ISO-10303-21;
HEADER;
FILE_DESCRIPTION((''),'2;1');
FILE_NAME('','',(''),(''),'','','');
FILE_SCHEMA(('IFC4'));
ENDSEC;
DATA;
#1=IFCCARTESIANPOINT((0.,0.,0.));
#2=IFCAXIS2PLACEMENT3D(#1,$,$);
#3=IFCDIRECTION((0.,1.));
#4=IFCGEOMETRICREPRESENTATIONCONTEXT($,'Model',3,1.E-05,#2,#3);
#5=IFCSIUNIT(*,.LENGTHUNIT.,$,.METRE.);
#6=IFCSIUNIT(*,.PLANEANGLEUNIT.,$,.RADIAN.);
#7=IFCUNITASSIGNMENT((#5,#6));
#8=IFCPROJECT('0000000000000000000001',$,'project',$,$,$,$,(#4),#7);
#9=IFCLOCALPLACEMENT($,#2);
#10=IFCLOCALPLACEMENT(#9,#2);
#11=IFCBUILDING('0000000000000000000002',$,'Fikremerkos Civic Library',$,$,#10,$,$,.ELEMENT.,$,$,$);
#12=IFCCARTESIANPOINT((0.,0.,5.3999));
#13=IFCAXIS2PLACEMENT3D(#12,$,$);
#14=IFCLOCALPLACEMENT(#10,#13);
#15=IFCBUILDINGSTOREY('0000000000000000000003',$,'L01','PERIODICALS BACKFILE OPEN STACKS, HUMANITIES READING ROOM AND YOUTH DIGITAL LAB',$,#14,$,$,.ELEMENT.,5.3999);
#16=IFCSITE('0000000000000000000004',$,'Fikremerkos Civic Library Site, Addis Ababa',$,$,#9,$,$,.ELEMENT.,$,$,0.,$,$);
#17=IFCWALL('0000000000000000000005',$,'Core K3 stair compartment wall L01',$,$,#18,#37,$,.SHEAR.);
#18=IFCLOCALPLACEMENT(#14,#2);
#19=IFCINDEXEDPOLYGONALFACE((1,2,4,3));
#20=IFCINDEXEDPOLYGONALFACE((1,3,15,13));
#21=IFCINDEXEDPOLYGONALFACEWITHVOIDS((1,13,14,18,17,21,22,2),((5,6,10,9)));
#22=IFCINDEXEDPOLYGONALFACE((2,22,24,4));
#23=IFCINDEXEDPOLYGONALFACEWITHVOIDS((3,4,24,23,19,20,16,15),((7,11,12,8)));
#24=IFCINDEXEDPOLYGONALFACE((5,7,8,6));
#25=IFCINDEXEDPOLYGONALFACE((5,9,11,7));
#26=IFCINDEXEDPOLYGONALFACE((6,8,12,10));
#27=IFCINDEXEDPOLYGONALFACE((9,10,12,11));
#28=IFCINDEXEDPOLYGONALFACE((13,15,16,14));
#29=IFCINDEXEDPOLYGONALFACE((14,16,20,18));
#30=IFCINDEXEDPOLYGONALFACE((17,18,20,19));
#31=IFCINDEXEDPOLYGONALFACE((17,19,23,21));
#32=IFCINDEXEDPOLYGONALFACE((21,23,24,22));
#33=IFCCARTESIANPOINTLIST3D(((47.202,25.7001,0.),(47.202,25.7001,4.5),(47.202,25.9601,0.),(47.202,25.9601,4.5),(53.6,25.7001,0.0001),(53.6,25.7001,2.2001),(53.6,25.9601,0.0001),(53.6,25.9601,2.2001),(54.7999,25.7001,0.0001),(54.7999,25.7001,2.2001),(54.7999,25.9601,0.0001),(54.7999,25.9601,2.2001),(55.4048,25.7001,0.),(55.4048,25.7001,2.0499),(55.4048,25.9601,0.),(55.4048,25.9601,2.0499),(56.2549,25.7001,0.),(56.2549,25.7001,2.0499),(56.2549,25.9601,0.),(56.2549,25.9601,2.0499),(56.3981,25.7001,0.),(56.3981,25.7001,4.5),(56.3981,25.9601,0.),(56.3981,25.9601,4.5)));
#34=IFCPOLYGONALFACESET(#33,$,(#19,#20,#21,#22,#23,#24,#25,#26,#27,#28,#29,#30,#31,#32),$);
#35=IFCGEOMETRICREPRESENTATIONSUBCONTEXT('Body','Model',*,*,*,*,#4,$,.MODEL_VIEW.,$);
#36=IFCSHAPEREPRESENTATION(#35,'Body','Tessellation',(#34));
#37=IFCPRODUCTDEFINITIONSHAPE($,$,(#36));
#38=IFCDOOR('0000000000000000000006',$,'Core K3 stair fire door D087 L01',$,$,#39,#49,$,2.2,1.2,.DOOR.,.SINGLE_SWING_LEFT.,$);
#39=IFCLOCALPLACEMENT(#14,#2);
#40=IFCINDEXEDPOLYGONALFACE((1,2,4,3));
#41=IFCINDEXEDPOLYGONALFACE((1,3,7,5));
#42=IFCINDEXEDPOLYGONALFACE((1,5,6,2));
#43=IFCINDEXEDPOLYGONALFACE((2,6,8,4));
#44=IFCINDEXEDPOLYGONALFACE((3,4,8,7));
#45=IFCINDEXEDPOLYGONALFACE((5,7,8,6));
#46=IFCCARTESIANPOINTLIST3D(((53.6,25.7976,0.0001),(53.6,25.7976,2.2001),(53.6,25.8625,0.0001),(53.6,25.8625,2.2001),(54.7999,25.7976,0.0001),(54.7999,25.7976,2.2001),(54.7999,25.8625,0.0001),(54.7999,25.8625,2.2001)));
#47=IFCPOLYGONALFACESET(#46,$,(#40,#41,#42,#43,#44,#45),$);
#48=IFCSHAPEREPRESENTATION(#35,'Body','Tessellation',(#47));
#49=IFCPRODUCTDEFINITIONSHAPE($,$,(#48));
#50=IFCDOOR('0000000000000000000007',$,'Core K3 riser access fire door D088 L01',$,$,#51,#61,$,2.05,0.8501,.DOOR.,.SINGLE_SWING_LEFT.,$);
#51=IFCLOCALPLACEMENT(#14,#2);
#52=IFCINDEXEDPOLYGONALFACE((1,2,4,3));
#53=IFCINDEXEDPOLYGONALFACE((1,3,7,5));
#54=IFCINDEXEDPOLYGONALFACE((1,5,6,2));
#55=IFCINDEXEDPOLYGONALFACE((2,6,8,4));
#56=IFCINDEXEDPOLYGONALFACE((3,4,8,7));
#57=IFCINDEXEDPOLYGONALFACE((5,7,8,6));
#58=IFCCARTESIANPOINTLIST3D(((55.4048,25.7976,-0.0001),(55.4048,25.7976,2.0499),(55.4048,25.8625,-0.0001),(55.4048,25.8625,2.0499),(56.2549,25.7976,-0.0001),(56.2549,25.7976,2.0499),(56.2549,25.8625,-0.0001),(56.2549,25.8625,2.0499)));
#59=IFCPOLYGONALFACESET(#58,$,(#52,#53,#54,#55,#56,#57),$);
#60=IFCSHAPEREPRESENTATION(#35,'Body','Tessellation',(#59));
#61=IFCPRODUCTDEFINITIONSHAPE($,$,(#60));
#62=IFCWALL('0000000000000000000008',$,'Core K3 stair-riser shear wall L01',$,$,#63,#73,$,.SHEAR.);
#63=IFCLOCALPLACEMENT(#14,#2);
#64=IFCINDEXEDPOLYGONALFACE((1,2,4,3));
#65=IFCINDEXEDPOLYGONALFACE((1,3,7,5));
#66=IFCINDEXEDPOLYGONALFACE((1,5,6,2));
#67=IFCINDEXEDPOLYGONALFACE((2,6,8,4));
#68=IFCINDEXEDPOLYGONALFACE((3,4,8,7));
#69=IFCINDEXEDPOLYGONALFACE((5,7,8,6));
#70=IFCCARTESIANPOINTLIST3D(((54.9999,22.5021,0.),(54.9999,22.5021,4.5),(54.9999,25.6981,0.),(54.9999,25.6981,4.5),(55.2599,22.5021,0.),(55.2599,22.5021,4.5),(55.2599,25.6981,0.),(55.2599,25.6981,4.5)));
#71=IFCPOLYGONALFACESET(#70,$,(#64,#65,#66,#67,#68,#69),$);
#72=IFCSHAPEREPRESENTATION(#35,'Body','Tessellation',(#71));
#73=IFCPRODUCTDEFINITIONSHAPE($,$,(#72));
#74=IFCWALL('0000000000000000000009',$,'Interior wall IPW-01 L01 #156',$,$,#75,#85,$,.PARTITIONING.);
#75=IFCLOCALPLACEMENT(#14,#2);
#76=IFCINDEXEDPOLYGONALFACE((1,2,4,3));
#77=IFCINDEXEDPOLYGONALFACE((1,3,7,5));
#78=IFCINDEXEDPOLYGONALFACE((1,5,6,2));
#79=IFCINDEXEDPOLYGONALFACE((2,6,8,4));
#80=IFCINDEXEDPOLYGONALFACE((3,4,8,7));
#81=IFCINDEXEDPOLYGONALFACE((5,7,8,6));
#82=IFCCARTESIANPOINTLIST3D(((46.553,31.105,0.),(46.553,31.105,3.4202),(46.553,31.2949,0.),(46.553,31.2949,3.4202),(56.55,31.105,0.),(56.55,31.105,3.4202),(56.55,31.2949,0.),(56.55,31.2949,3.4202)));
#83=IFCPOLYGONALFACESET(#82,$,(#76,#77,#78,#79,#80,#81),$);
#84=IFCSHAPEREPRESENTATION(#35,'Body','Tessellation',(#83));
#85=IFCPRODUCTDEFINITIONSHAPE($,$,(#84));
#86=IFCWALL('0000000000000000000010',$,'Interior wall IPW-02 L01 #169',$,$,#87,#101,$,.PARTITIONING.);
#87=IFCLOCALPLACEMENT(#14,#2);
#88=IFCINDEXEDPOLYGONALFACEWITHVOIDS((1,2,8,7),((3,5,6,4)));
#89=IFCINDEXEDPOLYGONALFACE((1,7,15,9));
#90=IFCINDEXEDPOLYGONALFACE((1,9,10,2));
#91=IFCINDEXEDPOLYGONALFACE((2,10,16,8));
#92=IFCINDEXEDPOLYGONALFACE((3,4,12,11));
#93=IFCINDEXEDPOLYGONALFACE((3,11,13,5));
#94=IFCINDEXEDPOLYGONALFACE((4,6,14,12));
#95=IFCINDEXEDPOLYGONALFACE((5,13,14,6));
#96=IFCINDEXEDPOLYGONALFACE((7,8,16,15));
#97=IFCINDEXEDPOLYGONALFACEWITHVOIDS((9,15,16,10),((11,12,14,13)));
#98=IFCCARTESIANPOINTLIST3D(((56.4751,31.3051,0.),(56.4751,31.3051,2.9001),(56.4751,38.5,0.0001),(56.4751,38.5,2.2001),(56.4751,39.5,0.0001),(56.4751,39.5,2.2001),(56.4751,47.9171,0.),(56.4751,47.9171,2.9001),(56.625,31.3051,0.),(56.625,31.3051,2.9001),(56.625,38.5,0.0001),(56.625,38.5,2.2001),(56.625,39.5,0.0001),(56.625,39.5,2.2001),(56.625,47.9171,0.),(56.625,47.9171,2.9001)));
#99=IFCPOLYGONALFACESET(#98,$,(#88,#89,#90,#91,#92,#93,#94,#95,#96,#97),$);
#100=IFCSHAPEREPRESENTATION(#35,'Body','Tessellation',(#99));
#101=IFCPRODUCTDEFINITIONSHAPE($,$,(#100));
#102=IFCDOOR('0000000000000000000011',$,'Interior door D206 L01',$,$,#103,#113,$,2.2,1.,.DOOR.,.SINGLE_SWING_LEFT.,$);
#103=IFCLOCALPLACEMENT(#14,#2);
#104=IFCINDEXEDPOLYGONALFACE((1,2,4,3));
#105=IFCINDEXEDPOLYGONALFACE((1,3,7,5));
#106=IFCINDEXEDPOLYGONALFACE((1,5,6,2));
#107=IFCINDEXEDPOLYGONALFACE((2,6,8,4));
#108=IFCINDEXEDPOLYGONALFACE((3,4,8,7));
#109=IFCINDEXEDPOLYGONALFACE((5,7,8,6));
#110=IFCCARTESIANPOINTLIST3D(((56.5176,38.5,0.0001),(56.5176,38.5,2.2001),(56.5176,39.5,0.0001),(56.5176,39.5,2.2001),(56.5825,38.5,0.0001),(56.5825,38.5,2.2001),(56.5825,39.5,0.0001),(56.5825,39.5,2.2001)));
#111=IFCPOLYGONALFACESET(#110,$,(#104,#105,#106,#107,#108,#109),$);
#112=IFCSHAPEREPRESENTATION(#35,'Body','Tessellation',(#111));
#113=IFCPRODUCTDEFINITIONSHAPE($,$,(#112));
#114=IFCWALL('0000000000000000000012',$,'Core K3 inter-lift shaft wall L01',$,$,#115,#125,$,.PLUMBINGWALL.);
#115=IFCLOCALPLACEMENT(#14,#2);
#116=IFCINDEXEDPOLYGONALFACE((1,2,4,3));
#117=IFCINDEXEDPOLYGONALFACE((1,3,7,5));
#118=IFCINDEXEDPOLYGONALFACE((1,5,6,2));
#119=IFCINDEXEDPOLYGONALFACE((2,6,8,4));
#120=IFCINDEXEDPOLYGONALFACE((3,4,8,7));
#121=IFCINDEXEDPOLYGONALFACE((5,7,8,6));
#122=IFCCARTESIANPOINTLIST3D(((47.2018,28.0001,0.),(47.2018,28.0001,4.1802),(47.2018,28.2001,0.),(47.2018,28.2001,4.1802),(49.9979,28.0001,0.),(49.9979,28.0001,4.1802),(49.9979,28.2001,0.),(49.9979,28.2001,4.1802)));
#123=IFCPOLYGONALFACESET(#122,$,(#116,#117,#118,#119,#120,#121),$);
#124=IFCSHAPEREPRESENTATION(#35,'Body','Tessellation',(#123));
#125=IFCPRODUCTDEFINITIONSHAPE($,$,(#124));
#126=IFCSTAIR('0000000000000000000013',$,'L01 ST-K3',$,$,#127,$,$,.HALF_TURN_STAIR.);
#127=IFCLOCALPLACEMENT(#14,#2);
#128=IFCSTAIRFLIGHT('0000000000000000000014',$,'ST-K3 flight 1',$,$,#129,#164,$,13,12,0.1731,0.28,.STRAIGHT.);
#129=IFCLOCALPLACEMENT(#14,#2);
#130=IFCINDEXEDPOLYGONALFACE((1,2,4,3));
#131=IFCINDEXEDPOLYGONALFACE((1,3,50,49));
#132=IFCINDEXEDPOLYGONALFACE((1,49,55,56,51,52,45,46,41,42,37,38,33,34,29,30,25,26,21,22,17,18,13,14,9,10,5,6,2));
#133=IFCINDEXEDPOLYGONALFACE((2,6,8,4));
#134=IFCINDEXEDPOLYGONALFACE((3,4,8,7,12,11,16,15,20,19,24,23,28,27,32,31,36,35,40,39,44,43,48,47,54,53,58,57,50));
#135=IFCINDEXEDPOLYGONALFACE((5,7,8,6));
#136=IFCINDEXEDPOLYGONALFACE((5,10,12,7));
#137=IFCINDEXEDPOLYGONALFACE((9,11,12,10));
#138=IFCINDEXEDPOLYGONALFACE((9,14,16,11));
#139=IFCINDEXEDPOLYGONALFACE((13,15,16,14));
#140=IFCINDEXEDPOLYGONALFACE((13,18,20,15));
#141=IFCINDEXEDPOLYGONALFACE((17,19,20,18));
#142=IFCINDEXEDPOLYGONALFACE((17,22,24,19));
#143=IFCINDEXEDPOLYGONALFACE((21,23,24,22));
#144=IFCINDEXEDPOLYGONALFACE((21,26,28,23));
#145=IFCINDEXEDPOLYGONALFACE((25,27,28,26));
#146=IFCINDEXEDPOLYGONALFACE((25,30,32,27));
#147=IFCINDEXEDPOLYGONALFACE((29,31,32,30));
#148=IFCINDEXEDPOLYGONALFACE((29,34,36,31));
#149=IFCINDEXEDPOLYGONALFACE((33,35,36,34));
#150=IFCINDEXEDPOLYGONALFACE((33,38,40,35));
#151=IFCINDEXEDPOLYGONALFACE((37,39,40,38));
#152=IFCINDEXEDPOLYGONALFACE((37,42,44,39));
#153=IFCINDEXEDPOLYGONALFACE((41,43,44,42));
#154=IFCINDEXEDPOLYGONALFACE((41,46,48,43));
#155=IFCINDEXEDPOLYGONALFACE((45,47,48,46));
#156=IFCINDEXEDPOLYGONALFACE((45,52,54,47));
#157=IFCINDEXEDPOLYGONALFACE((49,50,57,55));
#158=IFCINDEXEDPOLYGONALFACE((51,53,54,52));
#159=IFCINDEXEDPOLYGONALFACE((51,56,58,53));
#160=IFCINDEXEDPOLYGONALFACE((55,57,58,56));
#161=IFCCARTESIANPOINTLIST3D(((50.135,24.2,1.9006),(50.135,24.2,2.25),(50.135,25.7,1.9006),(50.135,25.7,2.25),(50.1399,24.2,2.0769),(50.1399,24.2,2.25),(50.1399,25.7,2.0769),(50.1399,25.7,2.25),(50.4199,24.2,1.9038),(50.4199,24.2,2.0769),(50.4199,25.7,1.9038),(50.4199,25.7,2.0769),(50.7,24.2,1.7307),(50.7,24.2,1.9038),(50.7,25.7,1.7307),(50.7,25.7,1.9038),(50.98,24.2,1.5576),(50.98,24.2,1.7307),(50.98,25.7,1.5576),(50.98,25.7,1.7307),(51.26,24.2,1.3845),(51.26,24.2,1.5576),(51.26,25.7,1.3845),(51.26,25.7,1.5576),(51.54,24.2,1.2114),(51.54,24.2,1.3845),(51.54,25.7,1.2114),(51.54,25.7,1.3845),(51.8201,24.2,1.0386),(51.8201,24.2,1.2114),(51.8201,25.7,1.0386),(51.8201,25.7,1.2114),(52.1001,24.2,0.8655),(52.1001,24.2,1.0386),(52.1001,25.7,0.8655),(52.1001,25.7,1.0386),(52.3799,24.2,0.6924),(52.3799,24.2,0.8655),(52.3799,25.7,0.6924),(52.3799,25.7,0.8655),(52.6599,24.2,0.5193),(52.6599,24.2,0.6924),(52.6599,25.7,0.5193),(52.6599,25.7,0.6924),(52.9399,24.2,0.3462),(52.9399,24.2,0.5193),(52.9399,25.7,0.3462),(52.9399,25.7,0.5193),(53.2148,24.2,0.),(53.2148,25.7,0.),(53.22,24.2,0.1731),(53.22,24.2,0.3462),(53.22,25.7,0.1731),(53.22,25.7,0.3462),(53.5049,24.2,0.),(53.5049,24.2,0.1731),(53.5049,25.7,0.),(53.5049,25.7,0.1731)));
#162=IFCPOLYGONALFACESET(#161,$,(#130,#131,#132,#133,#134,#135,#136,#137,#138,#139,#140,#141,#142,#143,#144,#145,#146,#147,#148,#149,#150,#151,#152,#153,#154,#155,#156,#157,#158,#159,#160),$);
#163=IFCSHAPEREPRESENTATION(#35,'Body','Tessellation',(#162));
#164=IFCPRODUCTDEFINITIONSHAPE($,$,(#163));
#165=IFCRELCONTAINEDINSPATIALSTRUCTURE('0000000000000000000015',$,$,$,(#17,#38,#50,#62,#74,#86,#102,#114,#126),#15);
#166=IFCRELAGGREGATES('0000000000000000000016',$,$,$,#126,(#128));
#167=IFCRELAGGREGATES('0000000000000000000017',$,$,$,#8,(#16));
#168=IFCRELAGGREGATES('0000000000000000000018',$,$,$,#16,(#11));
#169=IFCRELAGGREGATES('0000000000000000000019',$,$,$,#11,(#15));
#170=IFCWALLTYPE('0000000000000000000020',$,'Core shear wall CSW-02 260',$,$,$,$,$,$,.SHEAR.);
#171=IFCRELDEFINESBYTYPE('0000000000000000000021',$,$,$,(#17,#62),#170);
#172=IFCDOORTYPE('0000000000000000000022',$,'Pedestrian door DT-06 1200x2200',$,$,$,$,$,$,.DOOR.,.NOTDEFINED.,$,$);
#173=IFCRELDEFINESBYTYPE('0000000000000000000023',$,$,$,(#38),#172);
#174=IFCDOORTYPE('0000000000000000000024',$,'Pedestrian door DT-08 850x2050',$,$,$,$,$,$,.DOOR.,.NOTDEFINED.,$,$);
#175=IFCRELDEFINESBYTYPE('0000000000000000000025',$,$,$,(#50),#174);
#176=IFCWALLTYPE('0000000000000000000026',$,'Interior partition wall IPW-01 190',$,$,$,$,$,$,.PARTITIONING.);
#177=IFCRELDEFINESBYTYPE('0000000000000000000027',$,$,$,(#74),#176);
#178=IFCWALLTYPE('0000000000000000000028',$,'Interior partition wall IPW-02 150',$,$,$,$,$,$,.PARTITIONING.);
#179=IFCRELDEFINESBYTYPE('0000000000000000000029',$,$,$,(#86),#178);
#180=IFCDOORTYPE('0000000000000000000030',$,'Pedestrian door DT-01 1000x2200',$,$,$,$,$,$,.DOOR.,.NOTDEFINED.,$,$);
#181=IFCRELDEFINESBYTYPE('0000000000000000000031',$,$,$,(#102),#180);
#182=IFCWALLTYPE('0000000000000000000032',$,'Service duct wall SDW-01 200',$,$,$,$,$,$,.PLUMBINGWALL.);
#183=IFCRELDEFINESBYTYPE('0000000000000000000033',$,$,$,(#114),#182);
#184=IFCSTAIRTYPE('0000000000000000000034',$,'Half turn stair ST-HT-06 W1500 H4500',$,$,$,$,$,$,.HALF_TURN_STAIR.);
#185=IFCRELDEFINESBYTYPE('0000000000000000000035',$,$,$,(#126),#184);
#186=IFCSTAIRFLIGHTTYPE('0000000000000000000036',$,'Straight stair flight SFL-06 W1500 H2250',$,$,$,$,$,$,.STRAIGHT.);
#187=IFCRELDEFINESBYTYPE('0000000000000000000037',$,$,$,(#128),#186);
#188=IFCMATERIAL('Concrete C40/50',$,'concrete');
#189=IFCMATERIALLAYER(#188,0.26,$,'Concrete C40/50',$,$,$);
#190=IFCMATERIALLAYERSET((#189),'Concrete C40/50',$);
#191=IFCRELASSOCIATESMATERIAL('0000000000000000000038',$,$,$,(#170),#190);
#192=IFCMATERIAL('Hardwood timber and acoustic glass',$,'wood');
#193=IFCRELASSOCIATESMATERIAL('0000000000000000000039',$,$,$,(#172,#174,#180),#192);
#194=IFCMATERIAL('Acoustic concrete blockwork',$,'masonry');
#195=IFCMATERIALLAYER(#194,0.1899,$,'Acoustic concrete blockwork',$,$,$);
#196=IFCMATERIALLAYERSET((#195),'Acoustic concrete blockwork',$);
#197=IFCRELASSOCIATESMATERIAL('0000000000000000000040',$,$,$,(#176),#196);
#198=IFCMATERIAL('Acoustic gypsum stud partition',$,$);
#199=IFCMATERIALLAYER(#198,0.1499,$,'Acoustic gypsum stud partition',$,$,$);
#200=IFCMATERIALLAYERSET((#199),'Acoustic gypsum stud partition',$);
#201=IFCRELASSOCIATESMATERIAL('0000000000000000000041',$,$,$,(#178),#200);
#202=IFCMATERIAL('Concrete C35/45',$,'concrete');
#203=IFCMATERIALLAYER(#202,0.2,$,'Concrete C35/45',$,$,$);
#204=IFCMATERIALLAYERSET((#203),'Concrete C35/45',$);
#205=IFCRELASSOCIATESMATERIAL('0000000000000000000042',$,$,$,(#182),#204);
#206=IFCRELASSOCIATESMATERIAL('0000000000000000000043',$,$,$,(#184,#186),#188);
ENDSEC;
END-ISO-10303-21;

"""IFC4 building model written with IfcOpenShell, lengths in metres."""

from ifc_helpers import new_model, si_unit, direction, frame, frame_2d, origin, place, context, subcontext, project, spatial, polyline, rectangle, outline, extrude, material, layer, layer_set, type_object, element, fill, aggregate, save


model = new_model("IFC4")

# Units and contexts
model_context = context("Model", 3, precision=1e-05, world=origin(), true_north=direction((0.0, 1.0)))
body_context = subcontext(model_context, "Body", "Model", "MODEL_VIEW")
ifc_project = project(units=[si_unit("LENGTHUNIT", "METRE"), si_unit("PLANEANGLEUNIT", "RADIAN")], contexts=[model_context])

# Site, building, storey
site_placement = place(None, origin())
site = spatial("IfcSite", under=ifc_project, at=site_placement, Name="Fikremerkos Civic Library Site, Addis Ababa", CompositionType="ELEMENT", RefElevation=0.0)
building_placement = place(site_placement, origin())
building = spatial("IfcBuilding", under=site, at=building_placement, Name="Fikremerkos Civic Library", CompositionType="ELEMENT")
storey_placement = place(building_placement, frame((0.0, 0.0, 5.3999)))
storey = spatial("IfcBuildingStorey", under=building, at=storey_placement, Name="L01", Description="PERIODICALS BACKFILE OPEN STACKS, HUMANITIES READING ROOM AND YOUTH DIGITAL LAB", CompositionType="ELEMENT", Elevation=5.3999)

# Shared definitions
ifc_material_1 = material(Name="Concrete C40/50", Category="concrete")

# Shared definitions
ifc_material_2 = material(Name="Hardwood timber and acoustic glass", Category="wood")

# Wall, openings, doors
ifc_layer_1 = layer(ifc_material_1, 0.26, Name="Concrete C40/50")
ifc_layer_set_1 = layer_set([ifc_layer_1], Name="Concrete C40/50")
wall_type_1 = type_object("IfcWallType", Name="Core shear wall CSW-02 260", PredefinedType="SHEAR", material=ifc_layer_set_1)
wall_1_placement = place(storey_placement, frame((47.2019, 25.8301, 0.0), z_axis=(0.0, 0.0, 1.0), x_axis=(1.0, 0.0, 0.0)))
wall_1 = element("IfcWall", 1, at=wall_1_placement, inside=storey, type_object=wall_type_1, Name="Core K3 stair compartment wall L01", PredefinedType="SHEAR", context=body_context, shape_type="SweptSolid", body=[
    extrude(rectangle(XDim=9.196, YDim=0.26, at=frame_2d((4.5981, 0.0))), origin(), (0.0, 0.0, 1.0), 4.5),
])
opening_1_placement = place(wall_1_placement, frame((6.3979, 0.0, 0.0)))
opening_1 = element("IfcOpeningElement", 2, at=opening_1_placement, cuts=wall_1, PredefinedType="OPENING", context=body_context, shape_type="SweptSolid", body=[
    extrude(rectangle(XDim=1.2, YDim=2.2, at=frame_2d((0.6001, 1.1001))), frame((0.0, 0.1399, 0.0), z_axis=(0.0, -1.0, 0.0), x_axis=(1.0, 0.0, 0.0)), (0.0, 0.0, 1.0), 0.28),
])
opening_2_placement = place(wall_1_placement, frame((8.2029, 0.0, 0.0)))
opening_2 = element("IfcOpeningElement", 3, at=opening_2_placement, cuts=wall_1, PredefinedType="OPENING", context=body_context, shape_type="SweptSolid", body=[
    extrude(rectangle(XDim=0.8501, YDim=2.05, at=frame_2d((0.425, 1.0249))), frame((0.0, 0.1399, 0.0), z_axis=(0.0, -1.0, 0.0), x_axis=(1.0, 0.0, 0.0)), (0.0, 0.0, 1.0), 0.28),
])
door_type_1 = type_object("IfcDoorType", Name="Pedestrian door DT-06 1200x2200", OperationType="NOTDEFINED", PredefinedType="DOOR", material=ifc_material_2)
door_1_placement = place(opening_1_placement, origin())
door_1 = element("IfcDoor", 4, at=door_1_placement, inside=storey, type_object=door_type_1, Name="Core K3 stair fire door D087 L01", OperationType="SINGLE_SWING_LEFT", OverallHeight=2.2, OverallWidth=1.2, PredefinedType="DOOR", context=body_context, shape_type="SweptSolid", body=[
    extrude(rectangle(XDim=1.2, YDim=2.2, at=frame_2d((0.6001, 1.1001))), frame((0.0, 0.0325, 0.0), z_axis=(0.0, -1.0, 0.0), x_axis=(1.0, 0.0, 0.0)), (0.0, 0.0, 1.0), 0.0649),
])
fill(opening_1, door_1)
door_type_2 = type_object("IfcDoorType", Name="Pedestrian door DT-08 850x2050", OperationType="NOTDEFINED", PredefinedType="DOOR", material=ifc_material_2)
door_2_placement = place(opening_2_placement, origin())
door_2 = element("IfcDoor", 5, at=door_2_placement, inside=storey, type_object=door_type_2, Name="Core K3 riser access fire door D088 L01", OperationType="SINGLE_SWING_LEFT", OverallHeight=2.05, OverallWidth=0.8501, PredefinedType="DOOR", context=body_context, shape_type="SweptSolid", body=[
    extrude(rectangle(XDim=0.8501, YDim=2.05, at=frame_2d((0.425, 1.0249))), frame((0.0, 0.0325, 0.0), z_axis=(0.0, -1.0, 0.0), x_axis=(1.0, 0.0, 0.0)), (0.0, 0.0, 1.0), 0.0649),
])
fill(opening_2, door_2)

# Wall
wall_2_placement = place(storey_placement, frame((55.1299, 22.502, 0.0), z_axis=(0.0, 0.0, 1.0), x_axis=(0.0, 1.0, 0.0)))
element("IfcWall", 6, at=wall_2_placement, inside=storey, type_object=wall_type_1, Name="Core K3 stair-riser shear wall L01", PredefinedType="SHEAR", context=body_context, shape_type="SweptSolid", body=[
    extrude(rectangle(XDim=3.196, YDim=0.26, at=frame_2d((1.5981, 0.0))), origin(), (0.0, 0.0, 1.0), 4.5),
])

# Wall
ifc_material_3 = material(Name="Acoustic concrete blockwork", Category="masonry")
ifc_layer_2 = layer(ifc_material_3, 0.1899, Name="Acoustic concrete blockwork")
ifc_layer_set_2 = layer_set([ifc_layer_2], Name="Acoustic concrete blockwork")
wall_type_2 = type_object("IfcWallType", Name="Interior partition wall IPW-01 190", PredefinedType="PARTITIONING", material=ifc_layer_set_2)
wall_3_placement = place(storey_placement, frame((46.553, 31.2, 0.0), z_axis=(0.0, 0.0, 1.0), x_axis=(1.0, 0.0, 0.0)))
element("IfcWall", 7, at=wall_3_placement, inside=storey, type_object=wall_type_2, Name="Interior wall IPW-01 L01 #156", PredefinedType="PARTITIONING", context=body_context, shape_type="SweptSolid", body=[
    extrude(rectangle(XDim=9.9971, YDim=0.1899, at=frame_2d((4.9985, 0.0))), origin(), (0.0, 0.0, 1.0), 3.4202),
])

# Wall, opening, door
ifc_material_4 = material(Name="Acoustic gypsum stud partition")
ifc_layer_3 = layer(ifc_material_4, 0.1499, Name="Acoustic gypsum stud partition")
ifc_layer_set_3 = layer_set([ifc_layer_3], Name="Acoustic gypsum stud partition")
wall_type_3 = type_object("IfcWallType", Name="Interior partition wall IPW-02 150", PredefinedType="PARTITIONING", material=ifc_layer_set_3)
wall_4_placement = place(storey_placement, frame((56.55, 31.3049, 0.0), z_axis=(0.0, 0.0, 1.0), x_axis=(0.0, 1.0, 0.0)))
wall_4 = element("IfcWall", 8, at=wall_4_placement, inside=storey, type_object=wall_type_3, Name="Interior wall IPW-02 L01 #169", PredefinedType="PARTITIONING", context=body_context, shape_type="SweptSolid", body=[
    extrude(rectangle(XDim=16.6121, YDim=0.1499, at=frame_2d((8.3062, 0.0))), origin(), (0.0, 0.0, 1.0), 2.9001),
])
opening_3_placement = place(wall_4_placement, frame((7.1951, 0.0, 0.0)))
opening_3 = element("IfcOpeningElement", 9, at=opening_3_placement, cuts=wall_4, PredefinedType="OPENING", context=body_context, shape_type="SweptSolid", body=[
    extrude(rectangle(XDim=1.0, YDim=2.2, at=frame_2d((0.5, 1.1001))), frame((0.0, 0.085, 0.0), z_axis=(0.0, -1.0, 0.0), x_axis=(1.0, 0.0, 0.0)), (0.0, 0.0, 1.0), 0.1699),
])
door_type_3 = type_object("IfcDoorType", Name="Pedestrian door DT-01 1000x2200", OperationType="NOTDEFINED", PredefinedType="DOOR", material=ifc_material_2)
door_3_placement = place(opening_3_placement, origin())
door_3 = element("IfcDoor", 10, at=door_3_placement, inside=storey, type_object=door_type_3, Name="Interior door D206 L01", OperationType="SINGLE_SWING_LEFT", OverallHeight=2.2, OverallWidth=1.0, PredefinedType="DOOR", context=body_context, shape_type="SweptSolid", body=[
    extrude(rectangle(XDim=1.0, YDim=2.2, at=frame_2d((0.5, 1.1001))), frame((0.0, 0.0325, 0.0), z_axis=(0.0, -1.0, 0.0), x_axis=(1.0, 0.0, 0.0)), (0.0, 0.0, 1.0), 0.0649),
])
fill(opening_3, door_3)

# Wall
ifc_material_5 = material(Name="Concrete C35/45", Category="concrete")
ifc_layer_4 = layer(ifc_material_5, 0.2, Name="Concrete C35/45")
ifc_layer_set_4 = layer_set([ifc_layer_4], Name="Concrete C35/45")
wall_type_4 = type_object("IfcWallType", Name="Service duct wall SDW-01 200", PredefinedType="PLUMBINGWALL", material=ifc_layer_set_4)
wall_5_placement = place(storey_placement, frame((47.2019, 28.1001, 0.0), z_axis=(0.0, 0.0, 1.0), x_axis=(1.0, 0.0, 0.0)))
element("IfcWall", 11, at=wall_5_placement, inside=storey, type_object=wall_type_4, Name="Core K3 inter-lift shaft wall L01", PredefinedType="PLUMBINGWALL", context=body_context, shape_type="SweptSolid", body=[
    extrude(rectangle(XDim=2.7961, YDim=0.2, at=frame_2d((1.3979, 0.0))), origin(), (0.0, 0.0, 1.0), 4.1802),
])

# Stair, stair flight
stair_type = type_object("IfcStairType", Name="Half turn stair ST-HT-06 W1500 H4500", PredefinedType="HALF_TURN_STAIR", material=ifc_material_1)
stair_placement = place(storey_placement, origin())
stair = element("IfcStair", 12, at=stair_placement, inside=storey, type_object=stair_type, Name="L01 ST-K3", PredefinedType="HALF_TURN_STAIR")
stair_flight_type = type_object("IfcStairFlightType", Name="Straight stair flight SFL-06 W1500 H2250", PredefinedType="STRAIGHT", material=ifc_material_1)
stair_flight_1_placement = place(storey_placement, frame((53.5, 24.95, 0.0), z_axis=(0.0, 0.0, 1.0), x_axis=(-1.0, 0.0, 0.0)))
stair_flight_1 = element("IfcStairFlight", 13, at=stair_flight_1_placement, type_object=stair_flight_type, Name="ST-K3 flight 1", NumberOfRisers=13, NumberOfTreads=12, PredefinedType="STRAIGHT", RiserHeight=0.1731, TreadLength=0.28, context=body_context, shape_type="SweptSolid", body=[
    extrude(outline(polyline([(-0.0049, 0.0), (-0.0049, 0.1731), (0.28, 0.1731), (0.28, 0.3462), (0.5601, 0.3462), (0.5601, 0.5193), (0.8401, 0.5193), (0.8401, 0.6924), (1.1201, 0.6924), (1.1201, 0.8655), (1.3999, 0.8655), (1.3999, 1.0386), (1.6799, 1.0386), (1.6799, 1.2114), (1.96, 1.2114), (1.96, 1.3845), (2.24, 1.3845), (2.24, 1.5576), (2.52, 1.5576), (2.52, 1.7307), (2.8, 1.7307), (2.8, 1.9038), (3.0801, 1.9038), (3.0801, 2.0769), (3.3601, 2.0769), (3.3601, 2.25), (3.365, 2.25), (3.365, 1.9006), (0.2852, 0.0), (-0.0049, 0.0)])), frame((0.0, 0.75, 0.0), z_axis=(0.0, -1.0, 0.0), x_axis=(1.0, 0.0, 0.0)), (0.0, 0.0, 1.0), 1.5),
])
aggregate(stair, [stair_flight_1])

save(model, "model.ifc")
